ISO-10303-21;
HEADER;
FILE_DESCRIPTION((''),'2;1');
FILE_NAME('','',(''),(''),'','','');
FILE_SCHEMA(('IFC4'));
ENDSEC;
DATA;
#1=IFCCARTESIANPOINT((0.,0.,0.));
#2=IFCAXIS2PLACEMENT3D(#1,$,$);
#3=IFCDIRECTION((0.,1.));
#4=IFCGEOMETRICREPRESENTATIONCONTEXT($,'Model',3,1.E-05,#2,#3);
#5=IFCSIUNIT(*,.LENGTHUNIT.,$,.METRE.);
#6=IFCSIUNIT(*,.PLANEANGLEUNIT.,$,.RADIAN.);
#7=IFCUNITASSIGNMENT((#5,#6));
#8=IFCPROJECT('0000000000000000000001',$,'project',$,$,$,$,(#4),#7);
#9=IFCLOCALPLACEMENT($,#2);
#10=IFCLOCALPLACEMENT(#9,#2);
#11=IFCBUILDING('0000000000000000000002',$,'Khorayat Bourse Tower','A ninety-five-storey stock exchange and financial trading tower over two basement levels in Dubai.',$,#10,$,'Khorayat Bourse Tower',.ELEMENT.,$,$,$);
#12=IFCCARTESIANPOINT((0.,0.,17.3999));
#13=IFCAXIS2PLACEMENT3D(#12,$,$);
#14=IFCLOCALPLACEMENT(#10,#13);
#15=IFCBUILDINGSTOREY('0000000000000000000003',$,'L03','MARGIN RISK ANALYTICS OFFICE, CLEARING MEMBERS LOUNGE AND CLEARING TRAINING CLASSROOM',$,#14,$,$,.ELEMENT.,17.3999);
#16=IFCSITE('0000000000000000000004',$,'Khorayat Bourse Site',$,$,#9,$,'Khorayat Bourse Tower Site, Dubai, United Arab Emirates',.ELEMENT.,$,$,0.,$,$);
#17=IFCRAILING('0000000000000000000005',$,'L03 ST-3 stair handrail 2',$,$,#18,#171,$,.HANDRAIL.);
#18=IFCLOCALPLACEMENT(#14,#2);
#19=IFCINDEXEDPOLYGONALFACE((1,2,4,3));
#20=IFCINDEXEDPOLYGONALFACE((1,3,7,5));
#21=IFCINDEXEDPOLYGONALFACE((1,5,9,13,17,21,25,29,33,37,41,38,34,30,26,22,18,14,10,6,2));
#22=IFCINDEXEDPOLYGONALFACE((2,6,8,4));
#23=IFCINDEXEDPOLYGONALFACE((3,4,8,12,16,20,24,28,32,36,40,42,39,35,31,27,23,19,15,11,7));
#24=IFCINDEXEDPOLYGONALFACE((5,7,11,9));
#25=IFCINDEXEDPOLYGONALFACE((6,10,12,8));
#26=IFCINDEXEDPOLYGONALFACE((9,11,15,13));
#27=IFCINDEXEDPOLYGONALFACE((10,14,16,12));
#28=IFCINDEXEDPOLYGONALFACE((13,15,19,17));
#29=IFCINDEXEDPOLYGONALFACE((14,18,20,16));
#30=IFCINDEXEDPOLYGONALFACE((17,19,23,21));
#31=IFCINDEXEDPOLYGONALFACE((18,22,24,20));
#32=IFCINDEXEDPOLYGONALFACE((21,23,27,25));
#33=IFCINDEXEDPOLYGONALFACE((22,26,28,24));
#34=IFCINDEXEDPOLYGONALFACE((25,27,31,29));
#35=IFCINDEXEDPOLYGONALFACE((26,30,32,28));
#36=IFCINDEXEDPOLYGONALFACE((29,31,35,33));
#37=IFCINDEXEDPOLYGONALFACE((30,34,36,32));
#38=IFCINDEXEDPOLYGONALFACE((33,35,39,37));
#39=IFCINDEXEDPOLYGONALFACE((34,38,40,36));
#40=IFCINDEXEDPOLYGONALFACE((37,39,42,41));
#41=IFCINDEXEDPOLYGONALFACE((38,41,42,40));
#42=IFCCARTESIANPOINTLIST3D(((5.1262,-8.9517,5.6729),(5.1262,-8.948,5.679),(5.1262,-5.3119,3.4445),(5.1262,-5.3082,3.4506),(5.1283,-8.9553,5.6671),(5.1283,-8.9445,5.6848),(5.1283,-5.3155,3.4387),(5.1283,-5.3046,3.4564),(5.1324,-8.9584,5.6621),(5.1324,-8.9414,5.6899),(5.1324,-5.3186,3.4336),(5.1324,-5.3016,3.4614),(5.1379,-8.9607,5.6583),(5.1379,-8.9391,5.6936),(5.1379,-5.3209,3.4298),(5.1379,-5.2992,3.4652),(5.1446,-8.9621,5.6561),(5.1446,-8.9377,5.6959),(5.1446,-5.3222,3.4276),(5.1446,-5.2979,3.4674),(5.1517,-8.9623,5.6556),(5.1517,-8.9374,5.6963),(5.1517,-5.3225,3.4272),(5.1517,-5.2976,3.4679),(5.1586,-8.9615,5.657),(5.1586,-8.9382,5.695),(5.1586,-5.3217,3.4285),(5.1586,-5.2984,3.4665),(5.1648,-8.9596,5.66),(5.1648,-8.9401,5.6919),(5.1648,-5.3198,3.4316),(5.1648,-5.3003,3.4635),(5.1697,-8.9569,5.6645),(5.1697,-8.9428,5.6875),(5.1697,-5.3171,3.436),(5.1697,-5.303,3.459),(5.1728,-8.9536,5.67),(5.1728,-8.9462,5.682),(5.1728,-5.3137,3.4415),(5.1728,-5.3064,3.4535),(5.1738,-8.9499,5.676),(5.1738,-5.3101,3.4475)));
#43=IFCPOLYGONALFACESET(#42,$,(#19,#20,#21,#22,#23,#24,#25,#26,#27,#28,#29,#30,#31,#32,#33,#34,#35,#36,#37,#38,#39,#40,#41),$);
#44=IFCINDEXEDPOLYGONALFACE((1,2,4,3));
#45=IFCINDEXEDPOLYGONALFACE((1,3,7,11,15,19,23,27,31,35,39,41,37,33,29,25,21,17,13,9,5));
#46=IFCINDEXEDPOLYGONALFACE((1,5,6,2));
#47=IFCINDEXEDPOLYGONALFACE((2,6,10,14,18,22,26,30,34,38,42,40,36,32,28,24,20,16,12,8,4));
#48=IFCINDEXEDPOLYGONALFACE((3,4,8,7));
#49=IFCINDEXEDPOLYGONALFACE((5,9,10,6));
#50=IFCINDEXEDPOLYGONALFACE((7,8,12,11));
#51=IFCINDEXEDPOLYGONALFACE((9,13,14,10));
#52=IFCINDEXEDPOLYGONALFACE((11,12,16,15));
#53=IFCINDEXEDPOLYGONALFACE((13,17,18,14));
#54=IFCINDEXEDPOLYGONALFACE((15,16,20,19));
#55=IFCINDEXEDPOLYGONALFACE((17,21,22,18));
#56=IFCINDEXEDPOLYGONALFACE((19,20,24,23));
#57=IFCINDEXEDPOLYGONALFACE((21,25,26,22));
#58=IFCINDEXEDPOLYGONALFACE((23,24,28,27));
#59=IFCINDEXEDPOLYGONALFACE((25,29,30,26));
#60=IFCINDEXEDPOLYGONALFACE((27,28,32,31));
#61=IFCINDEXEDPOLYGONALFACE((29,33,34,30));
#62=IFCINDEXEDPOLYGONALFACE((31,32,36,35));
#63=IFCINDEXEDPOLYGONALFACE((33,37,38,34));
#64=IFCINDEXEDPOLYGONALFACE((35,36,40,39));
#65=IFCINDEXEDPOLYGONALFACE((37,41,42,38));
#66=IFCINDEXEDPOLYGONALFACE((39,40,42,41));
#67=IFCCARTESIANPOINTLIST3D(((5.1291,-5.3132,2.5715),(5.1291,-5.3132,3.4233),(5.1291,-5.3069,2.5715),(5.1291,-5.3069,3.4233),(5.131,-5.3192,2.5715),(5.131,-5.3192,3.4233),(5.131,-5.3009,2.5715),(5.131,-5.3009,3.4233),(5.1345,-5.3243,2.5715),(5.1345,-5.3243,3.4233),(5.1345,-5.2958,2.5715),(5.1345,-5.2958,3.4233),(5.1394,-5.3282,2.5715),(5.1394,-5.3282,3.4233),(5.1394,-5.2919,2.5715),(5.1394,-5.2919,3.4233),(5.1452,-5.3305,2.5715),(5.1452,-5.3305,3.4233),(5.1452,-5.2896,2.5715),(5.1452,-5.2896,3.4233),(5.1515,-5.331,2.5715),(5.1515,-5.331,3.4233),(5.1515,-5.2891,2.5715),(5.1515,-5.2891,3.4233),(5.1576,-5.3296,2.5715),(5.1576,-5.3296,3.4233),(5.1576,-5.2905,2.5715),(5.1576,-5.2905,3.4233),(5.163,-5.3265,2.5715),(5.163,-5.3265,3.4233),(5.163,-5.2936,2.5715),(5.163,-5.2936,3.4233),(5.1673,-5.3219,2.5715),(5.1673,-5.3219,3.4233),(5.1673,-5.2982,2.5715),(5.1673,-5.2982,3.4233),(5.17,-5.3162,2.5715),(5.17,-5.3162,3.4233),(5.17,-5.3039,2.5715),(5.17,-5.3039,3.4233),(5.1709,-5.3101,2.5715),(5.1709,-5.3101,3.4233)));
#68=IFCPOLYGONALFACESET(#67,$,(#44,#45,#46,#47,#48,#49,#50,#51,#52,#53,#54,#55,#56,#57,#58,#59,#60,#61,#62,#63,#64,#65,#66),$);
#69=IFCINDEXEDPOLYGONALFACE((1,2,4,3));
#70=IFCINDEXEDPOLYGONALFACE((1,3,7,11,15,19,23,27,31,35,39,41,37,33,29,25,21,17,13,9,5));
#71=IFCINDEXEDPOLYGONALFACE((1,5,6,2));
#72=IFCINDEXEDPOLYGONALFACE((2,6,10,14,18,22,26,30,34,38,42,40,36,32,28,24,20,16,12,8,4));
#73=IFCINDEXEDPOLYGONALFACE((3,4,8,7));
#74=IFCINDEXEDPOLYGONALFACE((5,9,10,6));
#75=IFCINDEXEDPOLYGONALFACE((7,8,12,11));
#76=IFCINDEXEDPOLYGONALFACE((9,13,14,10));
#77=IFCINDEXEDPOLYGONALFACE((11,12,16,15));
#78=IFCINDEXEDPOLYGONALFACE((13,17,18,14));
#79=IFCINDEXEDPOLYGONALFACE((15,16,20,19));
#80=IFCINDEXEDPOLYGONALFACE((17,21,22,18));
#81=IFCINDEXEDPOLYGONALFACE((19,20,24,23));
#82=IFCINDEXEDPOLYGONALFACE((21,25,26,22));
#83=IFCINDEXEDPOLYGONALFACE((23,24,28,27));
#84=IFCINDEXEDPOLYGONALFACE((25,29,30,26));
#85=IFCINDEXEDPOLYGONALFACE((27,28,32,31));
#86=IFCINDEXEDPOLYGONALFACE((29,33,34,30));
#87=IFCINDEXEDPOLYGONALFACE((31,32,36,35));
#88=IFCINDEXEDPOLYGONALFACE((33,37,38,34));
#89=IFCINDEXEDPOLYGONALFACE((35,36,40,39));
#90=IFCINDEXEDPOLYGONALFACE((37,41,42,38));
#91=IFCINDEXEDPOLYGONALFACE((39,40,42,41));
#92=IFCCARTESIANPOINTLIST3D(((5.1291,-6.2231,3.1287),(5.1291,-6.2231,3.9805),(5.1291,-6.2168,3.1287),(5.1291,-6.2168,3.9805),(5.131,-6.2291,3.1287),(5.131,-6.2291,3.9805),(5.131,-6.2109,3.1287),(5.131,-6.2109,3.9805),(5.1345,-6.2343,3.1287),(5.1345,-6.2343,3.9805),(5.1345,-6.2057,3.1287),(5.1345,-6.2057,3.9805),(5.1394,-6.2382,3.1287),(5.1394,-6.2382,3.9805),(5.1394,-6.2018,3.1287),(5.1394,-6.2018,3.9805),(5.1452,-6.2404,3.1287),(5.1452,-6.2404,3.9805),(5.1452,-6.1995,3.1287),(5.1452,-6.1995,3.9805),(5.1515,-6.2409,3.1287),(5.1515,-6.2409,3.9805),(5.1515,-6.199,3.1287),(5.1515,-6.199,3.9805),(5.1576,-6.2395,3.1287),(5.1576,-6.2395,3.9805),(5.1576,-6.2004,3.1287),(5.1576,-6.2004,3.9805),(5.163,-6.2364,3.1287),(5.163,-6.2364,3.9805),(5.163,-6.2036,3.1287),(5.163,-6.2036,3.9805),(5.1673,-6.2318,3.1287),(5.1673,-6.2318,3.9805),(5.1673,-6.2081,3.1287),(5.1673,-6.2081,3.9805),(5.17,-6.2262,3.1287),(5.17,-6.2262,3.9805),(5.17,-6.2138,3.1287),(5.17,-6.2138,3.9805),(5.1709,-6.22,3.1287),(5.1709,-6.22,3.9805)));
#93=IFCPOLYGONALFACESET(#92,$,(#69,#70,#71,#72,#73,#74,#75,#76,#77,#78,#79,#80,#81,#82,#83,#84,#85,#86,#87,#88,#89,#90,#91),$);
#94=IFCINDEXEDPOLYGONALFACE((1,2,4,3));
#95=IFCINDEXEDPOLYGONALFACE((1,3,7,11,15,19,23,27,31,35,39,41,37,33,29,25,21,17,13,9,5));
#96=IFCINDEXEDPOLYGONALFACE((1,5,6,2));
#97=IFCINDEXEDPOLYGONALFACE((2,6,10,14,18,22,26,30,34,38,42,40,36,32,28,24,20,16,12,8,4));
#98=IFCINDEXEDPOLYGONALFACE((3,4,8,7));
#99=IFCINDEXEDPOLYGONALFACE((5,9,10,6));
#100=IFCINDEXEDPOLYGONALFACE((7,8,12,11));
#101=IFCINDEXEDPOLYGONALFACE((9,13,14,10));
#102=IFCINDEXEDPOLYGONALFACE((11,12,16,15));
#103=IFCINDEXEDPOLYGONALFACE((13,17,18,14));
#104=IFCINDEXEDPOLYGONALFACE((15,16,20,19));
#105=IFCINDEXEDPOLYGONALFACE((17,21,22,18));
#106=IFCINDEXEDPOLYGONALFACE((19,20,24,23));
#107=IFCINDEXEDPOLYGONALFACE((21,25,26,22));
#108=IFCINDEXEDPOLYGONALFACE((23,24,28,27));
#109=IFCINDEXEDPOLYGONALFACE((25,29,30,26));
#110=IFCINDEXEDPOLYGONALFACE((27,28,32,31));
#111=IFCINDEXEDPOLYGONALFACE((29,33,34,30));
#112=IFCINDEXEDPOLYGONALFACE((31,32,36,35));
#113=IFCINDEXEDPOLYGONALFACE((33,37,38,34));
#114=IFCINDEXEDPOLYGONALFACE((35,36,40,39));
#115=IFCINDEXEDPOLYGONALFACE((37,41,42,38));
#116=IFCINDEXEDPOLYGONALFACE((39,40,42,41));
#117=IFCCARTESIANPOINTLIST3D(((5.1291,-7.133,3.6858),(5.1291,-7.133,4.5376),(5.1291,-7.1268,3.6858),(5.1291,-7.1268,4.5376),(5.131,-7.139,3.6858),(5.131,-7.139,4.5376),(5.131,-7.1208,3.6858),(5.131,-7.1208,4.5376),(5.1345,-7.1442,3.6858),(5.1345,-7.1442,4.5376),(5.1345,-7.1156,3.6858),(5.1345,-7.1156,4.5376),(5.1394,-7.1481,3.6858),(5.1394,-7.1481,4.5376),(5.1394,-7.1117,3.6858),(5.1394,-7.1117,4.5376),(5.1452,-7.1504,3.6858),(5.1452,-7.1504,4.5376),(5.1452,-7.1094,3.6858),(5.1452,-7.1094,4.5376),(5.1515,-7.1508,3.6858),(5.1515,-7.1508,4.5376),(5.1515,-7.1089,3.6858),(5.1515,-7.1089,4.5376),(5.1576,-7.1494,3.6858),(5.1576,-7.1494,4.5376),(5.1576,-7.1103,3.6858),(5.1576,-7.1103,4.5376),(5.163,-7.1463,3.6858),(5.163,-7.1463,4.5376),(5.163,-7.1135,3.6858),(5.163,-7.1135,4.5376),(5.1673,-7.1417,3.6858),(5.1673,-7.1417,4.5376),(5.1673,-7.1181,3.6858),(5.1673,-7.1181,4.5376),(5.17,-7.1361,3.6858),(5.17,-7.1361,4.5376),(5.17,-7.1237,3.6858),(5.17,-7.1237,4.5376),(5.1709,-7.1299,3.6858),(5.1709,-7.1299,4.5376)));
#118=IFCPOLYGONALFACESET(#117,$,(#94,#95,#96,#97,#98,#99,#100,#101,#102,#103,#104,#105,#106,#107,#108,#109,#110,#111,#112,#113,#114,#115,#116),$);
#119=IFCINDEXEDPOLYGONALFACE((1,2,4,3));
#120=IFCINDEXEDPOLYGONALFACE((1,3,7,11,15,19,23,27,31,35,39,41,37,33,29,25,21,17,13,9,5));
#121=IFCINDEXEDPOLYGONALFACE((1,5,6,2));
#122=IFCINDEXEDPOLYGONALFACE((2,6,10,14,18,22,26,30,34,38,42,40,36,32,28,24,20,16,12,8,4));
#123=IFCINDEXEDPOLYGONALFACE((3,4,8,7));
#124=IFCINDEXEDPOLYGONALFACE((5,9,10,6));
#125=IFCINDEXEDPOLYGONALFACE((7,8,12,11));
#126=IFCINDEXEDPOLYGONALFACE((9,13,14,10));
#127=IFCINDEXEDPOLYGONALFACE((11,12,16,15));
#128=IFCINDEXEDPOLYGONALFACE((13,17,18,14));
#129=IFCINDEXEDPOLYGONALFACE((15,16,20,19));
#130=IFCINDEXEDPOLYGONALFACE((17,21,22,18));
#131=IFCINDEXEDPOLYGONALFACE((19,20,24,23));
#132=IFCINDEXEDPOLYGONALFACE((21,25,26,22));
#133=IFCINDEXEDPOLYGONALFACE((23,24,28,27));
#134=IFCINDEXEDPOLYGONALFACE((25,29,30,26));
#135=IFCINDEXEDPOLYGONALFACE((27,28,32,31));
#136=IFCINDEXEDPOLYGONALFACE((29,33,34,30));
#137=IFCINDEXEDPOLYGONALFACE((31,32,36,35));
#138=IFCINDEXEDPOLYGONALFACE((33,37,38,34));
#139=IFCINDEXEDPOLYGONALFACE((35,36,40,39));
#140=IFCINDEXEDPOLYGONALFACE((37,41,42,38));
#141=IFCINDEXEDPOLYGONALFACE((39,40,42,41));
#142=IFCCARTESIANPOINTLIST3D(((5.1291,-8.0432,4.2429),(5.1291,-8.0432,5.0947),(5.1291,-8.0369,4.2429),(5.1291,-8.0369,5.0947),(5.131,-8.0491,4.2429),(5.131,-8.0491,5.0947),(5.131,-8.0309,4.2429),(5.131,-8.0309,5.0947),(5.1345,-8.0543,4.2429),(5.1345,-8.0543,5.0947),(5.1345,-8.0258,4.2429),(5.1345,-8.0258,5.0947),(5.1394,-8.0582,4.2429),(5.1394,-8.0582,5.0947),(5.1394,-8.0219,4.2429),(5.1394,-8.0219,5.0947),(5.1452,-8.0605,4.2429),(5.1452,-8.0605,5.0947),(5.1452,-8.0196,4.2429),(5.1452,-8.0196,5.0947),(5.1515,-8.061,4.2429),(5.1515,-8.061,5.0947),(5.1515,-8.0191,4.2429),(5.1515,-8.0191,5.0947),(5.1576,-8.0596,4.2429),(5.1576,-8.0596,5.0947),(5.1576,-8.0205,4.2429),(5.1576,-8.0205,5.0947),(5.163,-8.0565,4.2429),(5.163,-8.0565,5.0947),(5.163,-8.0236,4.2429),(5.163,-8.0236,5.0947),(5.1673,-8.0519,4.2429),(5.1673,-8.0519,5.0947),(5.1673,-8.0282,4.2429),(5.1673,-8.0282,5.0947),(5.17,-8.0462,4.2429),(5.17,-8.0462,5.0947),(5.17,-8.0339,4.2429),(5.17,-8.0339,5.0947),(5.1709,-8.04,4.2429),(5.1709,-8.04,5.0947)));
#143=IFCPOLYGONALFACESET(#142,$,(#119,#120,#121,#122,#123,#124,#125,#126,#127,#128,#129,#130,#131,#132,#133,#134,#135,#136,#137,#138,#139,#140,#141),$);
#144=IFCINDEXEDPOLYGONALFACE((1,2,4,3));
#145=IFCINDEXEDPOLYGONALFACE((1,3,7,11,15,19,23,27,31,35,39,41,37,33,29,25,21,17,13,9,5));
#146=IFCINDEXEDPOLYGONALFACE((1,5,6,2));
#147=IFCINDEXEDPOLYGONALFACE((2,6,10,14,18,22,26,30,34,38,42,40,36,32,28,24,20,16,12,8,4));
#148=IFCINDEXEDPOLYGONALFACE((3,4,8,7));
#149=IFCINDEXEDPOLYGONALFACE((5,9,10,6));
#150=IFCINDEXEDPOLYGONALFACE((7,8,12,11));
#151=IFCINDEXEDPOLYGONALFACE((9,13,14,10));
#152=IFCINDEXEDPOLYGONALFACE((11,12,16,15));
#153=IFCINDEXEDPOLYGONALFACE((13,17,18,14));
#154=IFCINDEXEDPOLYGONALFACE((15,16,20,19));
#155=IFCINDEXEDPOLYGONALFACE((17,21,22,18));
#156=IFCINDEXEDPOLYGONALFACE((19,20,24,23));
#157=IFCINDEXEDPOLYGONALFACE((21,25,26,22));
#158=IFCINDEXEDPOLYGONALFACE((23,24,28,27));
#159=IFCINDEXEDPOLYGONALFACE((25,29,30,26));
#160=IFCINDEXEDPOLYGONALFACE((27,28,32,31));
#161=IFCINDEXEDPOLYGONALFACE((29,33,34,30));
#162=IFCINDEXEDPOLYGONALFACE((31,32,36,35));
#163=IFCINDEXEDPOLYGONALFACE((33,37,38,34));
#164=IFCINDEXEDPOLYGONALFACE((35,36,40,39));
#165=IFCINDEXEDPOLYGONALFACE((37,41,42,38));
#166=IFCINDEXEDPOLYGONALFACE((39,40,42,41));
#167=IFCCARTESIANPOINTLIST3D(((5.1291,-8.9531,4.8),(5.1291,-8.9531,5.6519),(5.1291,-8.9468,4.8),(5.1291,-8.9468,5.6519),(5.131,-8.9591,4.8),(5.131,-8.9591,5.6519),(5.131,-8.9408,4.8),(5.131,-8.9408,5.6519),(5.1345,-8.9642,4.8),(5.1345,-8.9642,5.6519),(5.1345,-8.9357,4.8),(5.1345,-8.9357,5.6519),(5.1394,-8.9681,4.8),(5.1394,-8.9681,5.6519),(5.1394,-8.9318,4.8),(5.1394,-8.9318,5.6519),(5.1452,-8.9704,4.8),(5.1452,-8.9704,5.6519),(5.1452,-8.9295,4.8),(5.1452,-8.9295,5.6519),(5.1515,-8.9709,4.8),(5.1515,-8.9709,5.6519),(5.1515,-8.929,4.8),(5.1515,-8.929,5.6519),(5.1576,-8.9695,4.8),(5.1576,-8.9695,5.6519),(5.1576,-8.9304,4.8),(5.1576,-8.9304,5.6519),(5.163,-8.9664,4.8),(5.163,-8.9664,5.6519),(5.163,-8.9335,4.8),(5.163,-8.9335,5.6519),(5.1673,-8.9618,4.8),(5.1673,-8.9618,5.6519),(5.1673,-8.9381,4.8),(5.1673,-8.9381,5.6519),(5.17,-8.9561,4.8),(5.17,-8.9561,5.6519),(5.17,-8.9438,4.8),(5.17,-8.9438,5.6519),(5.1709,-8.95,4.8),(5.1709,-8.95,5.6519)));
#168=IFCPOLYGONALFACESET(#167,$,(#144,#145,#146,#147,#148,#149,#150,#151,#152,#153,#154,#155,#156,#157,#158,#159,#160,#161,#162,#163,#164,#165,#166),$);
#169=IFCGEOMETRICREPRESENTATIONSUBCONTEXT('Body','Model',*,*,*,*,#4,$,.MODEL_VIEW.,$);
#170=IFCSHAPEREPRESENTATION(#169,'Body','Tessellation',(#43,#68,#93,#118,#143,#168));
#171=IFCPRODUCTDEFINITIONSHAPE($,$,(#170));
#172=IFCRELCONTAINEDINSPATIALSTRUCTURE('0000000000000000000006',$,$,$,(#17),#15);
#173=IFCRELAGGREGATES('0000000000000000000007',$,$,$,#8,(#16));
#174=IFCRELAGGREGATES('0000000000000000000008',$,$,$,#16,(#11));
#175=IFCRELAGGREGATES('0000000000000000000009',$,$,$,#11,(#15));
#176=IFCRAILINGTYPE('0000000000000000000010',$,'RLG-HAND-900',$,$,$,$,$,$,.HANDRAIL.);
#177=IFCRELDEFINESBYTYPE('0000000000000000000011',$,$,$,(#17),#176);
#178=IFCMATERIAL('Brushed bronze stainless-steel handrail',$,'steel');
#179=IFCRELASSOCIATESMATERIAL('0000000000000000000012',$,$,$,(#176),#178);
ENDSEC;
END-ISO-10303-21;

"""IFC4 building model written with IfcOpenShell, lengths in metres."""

from ifc_helpers import new_model, si_unit, direction, frame, origin, origin_2d, place, context, subcontext, project, spatial, circle, extrude, source, transform, mapped, material, type_object, element, save


model = new_model("IFC4")

# Units and contexts
model_context = context("Model", 3, precision=1e-05, world=origin(), true_north=direction((0.0, 1.0)))
body_context = subcontext(model_context, "Body", "Model", "MODEL_VIEW")
ifc_project = project(units=[si_unit("LENGTHUNIT", "METRE"), si_unit("PLANEANGLEUNIT", "RADIAN")], contexts=[model_context])

# Site, building, storey
site_placement = place(None, origin())
site = spatial("IfcSite", under=ifc_project, at=site_placement, Name="Khorayat Bourse Site", LongName="Khorayat Bourse Tower Site, Dubai, United Arab Emirates", CompositionType="ELEMENT", RefElevation=0.0)
building_placement = place(site_placement, origin())
building = spatial("IfcBuilding", under=site, at=building_placement, Name="Khorayat Bourse Tower", Description="A ninety-five-storey stock exchange and financial trading tower over two basement levels in Dubai.", LongName="Khorayat Bourse Tower", CompositionType="ELEMENT")
storey_placement = place(building_placement, frame((0.0, 0.0, 17.3999)))
storey = spatial("IfcBuildingStorey", under=building, at=storey_placement, Name="L03", Description="MARGIN RISK ANALYTICS OFFICE, CLEARING MEMBERS LOUNGE AND CLEARING TRAINING CLASSROOM", CompositionType="ELEMENT", Elevation=17.3999)

# Railing
ifc_material_1 = material(Name="Brushed bronze stainless-steel handrail", Category="steel")
railing_type_1 = type_object("IfcRailingType", Name="RLG-HAND-900", PredefinedType="HANDRAIL", material=ifc_material_1)
shared_shape_1 = source(origin(), body_context, "Body", "SweptSolid", [
    extrude(circle(Radius=0.0239, at=origin_2d()), frame((0.0, 0.0, 0.876), z_axis=(0.0, -0.85285, 0.522156), x_axis=(1.0, 0.0, 0.0)), (0.0, 0.0, 1.0), 4.2678),
    extrude(circle(Radius=0.021, at=origin_2d()), origin(), (0.0, 0.0, 1.0), 0.8518),
    extrude(circle(Radius=0.021, at=origin_2d()), frame((0.0, -0.9099, 0.5571)), (0.0, 0.0, 1.0), 0.8518),
    extrude(circle(Radius=0.021, at=origin_2d()), frame((0.0, -1.8198, 1.1143)), (0.0, 0.0, 1.0), 0.8518),
    extrude(circle(Radius=0.021, at=origin_2d()), frame((0.0, -2.73, 1.6714)), (0.0, 0.0, 1.0), 0.8518),
    extrude(circle(Radius=0.021, at=origin_2d()), frame((0.0, -3.6399, 2.2285)), (0.0, 0.0, 1.0), 0.8518),
])
railing_1_placement = place(storey_placement, frame((5.1499, -5.3101, 2.5715)))
element("IfcRailing", 1, at=railing_1_placement, inside=storey, type_object=railing_type_1, Name="L03 ST-3 stair handrail 2", PredefinedType="HANDRAIL", context=body_context, shape_type="MappedRepresentation", body=[
    mapped(shared_shape_1, transform((0.0, 0.0, 0.0), scale=1.0)),
])

save(model, "model.ifc")
